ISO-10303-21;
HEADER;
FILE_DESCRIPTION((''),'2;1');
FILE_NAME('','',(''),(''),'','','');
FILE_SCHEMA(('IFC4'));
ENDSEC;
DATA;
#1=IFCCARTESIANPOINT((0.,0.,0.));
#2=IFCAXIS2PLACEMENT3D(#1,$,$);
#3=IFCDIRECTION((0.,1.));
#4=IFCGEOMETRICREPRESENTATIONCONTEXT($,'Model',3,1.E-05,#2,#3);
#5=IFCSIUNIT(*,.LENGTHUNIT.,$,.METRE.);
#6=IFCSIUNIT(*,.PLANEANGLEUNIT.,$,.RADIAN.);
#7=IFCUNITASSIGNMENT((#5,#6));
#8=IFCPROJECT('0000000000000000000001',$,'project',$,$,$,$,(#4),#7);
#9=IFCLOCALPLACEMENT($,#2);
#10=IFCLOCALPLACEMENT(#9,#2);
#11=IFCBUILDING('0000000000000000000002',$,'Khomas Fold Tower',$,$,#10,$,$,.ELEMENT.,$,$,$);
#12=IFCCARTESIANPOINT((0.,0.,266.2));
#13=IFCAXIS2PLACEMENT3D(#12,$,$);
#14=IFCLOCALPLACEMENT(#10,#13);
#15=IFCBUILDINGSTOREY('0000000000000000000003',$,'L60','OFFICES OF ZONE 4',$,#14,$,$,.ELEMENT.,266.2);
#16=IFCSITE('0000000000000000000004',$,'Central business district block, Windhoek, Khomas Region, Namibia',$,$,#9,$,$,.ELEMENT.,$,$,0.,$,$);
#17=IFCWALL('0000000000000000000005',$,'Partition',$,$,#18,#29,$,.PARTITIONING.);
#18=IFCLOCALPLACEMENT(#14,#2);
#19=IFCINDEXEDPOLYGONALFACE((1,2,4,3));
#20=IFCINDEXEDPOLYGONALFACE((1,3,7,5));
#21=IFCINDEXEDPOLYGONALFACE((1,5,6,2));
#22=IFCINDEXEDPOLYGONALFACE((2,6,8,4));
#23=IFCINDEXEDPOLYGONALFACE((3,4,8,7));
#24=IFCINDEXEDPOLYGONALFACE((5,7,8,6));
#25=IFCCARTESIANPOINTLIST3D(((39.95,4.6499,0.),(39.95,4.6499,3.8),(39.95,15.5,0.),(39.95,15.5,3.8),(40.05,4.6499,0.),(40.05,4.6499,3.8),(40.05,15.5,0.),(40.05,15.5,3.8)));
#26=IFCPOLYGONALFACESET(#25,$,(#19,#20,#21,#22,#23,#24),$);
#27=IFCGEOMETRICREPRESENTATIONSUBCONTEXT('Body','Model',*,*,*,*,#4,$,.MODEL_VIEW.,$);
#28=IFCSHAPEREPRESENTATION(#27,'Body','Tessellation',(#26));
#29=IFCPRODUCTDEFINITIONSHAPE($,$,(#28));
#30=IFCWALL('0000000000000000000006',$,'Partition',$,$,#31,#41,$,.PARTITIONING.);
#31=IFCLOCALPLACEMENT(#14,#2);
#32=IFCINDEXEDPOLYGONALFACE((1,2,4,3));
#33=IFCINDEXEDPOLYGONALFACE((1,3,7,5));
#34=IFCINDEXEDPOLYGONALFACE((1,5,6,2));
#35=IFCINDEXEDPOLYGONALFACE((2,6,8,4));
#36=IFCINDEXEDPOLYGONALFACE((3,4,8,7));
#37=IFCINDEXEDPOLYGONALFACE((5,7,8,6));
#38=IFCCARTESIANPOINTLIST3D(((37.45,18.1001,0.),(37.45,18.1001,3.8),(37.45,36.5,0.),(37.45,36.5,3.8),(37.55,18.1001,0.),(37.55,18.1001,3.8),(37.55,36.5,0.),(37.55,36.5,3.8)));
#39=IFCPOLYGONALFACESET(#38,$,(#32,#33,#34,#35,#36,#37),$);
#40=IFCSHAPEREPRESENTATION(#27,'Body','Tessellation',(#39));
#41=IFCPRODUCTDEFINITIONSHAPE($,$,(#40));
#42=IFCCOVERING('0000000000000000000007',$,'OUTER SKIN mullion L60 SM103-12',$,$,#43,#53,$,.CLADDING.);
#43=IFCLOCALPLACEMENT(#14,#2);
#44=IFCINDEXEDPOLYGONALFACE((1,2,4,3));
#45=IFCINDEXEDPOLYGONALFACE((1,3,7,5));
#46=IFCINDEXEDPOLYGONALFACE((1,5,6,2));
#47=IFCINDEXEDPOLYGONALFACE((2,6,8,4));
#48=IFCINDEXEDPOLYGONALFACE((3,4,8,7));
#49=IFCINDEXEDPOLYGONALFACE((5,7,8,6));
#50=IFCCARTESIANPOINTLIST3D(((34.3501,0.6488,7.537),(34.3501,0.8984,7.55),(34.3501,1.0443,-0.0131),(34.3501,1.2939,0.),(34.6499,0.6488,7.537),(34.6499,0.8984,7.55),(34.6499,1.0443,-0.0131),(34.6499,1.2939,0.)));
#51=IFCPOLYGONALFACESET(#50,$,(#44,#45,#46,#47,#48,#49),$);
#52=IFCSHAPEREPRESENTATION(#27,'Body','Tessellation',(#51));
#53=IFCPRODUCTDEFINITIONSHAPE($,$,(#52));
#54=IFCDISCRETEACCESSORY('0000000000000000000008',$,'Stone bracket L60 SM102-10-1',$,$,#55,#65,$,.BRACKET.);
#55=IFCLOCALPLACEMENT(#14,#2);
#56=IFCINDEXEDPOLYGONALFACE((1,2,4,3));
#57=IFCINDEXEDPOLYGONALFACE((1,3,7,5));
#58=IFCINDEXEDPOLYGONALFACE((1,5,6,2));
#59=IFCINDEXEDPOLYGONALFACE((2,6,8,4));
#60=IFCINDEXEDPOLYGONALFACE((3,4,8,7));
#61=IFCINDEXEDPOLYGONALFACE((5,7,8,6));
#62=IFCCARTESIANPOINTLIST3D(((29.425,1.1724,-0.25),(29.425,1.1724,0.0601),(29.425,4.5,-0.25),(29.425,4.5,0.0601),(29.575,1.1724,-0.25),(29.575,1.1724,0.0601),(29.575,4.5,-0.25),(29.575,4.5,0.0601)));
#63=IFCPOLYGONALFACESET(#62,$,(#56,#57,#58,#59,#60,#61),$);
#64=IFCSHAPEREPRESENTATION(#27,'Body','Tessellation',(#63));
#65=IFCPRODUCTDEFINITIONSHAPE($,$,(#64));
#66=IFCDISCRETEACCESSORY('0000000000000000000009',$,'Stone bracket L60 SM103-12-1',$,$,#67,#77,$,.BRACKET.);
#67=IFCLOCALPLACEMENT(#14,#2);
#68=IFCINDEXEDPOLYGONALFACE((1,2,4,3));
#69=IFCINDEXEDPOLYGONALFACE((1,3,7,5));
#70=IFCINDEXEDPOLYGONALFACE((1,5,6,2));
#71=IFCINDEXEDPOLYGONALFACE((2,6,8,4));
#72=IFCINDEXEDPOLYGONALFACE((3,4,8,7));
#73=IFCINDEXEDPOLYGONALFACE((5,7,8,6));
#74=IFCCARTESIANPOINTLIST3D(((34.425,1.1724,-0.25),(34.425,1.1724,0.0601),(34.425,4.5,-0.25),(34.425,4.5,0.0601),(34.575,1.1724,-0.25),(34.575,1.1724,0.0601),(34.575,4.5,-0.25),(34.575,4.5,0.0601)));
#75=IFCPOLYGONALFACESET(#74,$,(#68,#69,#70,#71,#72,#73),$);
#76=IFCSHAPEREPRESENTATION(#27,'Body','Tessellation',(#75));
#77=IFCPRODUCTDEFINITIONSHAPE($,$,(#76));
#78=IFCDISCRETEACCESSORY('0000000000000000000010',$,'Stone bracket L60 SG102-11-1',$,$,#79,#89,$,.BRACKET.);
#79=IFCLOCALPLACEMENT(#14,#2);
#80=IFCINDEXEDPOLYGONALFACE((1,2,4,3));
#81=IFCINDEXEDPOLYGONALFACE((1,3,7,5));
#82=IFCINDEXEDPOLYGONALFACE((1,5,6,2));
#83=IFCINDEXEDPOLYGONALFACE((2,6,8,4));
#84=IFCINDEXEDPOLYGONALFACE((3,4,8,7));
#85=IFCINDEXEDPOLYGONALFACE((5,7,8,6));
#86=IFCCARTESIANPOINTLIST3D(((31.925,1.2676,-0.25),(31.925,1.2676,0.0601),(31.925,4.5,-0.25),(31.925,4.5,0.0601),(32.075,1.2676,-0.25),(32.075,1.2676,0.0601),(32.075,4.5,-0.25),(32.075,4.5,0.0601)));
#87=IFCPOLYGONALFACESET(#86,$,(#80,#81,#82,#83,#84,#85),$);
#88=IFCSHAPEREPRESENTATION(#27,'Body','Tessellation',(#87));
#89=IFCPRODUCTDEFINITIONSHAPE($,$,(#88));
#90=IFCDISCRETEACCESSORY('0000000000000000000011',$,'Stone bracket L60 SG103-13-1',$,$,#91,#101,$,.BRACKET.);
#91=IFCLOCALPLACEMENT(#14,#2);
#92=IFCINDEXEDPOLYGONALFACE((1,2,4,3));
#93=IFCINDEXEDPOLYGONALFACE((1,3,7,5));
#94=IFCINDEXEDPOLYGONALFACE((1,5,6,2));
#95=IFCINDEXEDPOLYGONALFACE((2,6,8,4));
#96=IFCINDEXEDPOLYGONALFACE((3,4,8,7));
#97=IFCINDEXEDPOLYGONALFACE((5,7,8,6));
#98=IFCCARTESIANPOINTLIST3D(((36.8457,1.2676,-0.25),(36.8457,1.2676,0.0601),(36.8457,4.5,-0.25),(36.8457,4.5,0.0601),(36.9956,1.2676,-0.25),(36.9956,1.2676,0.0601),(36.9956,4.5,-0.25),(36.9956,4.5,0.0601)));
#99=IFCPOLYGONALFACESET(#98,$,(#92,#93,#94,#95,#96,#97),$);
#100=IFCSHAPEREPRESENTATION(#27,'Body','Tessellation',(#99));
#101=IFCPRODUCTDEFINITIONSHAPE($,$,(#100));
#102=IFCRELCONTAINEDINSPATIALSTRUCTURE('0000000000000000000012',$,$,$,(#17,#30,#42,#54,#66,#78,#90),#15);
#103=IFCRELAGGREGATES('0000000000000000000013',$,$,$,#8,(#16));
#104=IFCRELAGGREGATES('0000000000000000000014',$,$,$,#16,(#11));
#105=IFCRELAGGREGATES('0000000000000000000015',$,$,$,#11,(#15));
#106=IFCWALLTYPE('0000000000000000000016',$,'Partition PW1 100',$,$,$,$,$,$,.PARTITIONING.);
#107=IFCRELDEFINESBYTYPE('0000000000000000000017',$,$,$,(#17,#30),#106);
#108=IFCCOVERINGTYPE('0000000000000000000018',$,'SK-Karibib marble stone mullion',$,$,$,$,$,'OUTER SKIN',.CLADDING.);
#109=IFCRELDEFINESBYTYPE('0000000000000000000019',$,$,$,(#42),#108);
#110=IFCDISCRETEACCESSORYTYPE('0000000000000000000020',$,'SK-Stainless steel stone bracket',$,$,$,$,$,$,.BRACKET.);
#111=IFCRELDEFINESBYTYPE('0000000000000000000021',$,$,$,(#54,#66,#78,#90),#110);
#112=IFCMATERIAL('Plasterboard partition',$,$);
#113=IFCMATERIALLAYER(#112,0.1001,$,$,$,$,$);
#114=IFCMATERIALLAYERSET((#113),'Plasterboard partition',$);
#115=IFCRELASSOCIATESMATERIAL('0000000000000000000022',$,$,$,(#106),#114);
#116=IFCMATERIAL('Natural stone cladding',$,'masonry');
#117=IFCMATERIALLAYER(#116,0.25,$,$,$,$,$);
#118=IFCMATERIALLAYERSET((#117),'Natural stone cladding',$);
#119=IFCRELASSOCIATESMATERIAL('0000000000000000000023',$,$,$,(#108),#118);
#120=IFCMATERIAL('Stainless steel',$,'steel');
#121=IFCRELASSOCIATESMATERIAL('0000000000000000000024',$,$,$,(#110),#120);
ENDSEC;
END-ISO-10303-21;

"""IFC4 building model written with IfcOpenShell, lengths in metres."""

from ifc_helpers import new_model, si_unit, direction, frame, frame_2d, origin, origin_2d, place, context, subcontext, project, spatial, polyline, rectangle, outline, extrude, source, transform, mapped, material, layer, layer_set, type_object, element, save


model = new_model("IFC4")

# Units and contexts
model_context = context("Model", 3, precision=1e-05, world=origin(), true_north=direction((0.0, 1.0)))
body_context = subcontext(model_context, "Body", "Model", "MODEL_VIEW")
ifc_project = project(units=[si_unit("LENGTHUNIT", "METRE"), si_unit("PLANEANGLEUNIT", "RADIAN")], contexts=[model_context])

# Site, building, storey
site_placement = place(None, origin())
site = spatial("IfcSite", under=ifc_project, at=site_placement, Name="Central business district block, Windhoek, Khomas Region, Namibia", CompositionType="ELEMENT", RefElevation=0.0)
building_placement = place(site_placement, origin())
building = spatial("IfcBuilding", under=site, at=building_placement, Name="Khomas Fold Tower", CompositionType="ELEMENT")
storey_placement = place(building_placement, frame((0.0, 0.0, 266.2)))
storey = spatial("IfcBuildingStorey", under=building, at=storey_placement, Name="L60", Description="OFFICES OF ZONE 4", CompositionType="ELEMENT", Elevation=266.2)

# Walls
ifc_material_1 = material(Name="Plasterboard partition")
ifc_layer_1 = layer(ifc_material_1, 0.1001)
ifc_layer_set_1 = layer_set([ifc_layer_1], Name="Plasterboard partition")
wall_type = type_object("IfcWallType", Name="Partition PW1 100", PredefinedType="PARTITIONING", material=ifc_layer_set_1)
shared_shape_1 = source(origin(), body_context, "Body", "SweptSolid", [
    extrude(rectangle(XDim=10.8501, YDim=0.1001, at=frame_2d((5.425, 0.0))), origin(), (0.0, 0.0, 1.0), 3.8),
])
for number, where, z_axis, x_axis, name in (
    (1, (40.0, 4.6499, 0.0), (0.0, 0.0, 1.0), (0.0, 1.0, 0.0), "Partition"),
):
    element("IfcWall", number, at=place(storey_placement, frame(where, z_axis=z_axis, x_axis=x_axis)), inside=storey, type_object=wall_type, Name=name, PredefinedType="PARTITIONING", context=body_context, shape_type="MappedRepresentation", body=[
        mapped(shared_shape_1, transform((0.0, 0.0, 0.0))),
    ])
shared_shape_2 = source(origin(), body_context, "Body", "SweptSolid", [
    extrude(rectangle(XDim=18.3999, YDim=0.1001, at=frame_2d((9.2, 0.0))), origin(), (0.0, 0.0, 1.0), 3.8),
])
wall_placement = place(storey_placement, frame((37.5, 18.1001, 0.0), z_axis=(0.0, 0.0, 1.0), x_axis=(0.0, 1.0, 0.0)))
element("IfcWall", 2, at=wall_placement, inside=storey, type_object=wall_type, Name="Partition", PredefinedType="PARTITIONING", context=body_context, shape_type="MappedRepresentation", body=[
    mapped(shared_shape_2, transform((0.0, 0.0, 0.0))),
])

# Covering
ifc_material_2 = material(Name="Natural stone cladding", Category="masonry")
ifc_layer_2 = layer(ifc_material_2, 0.25)
ifc_layer_set_2 = layer_set([ifc_layer_2], Name="Natural stone cladding")
covering_type = type_object("IfcCoveringType", Name="SK-Karibib marble stone mullion", ElementType="OUTER SKIN", PredefinedType="CLADDING", material=ifc_layer_set_2)
covering_placement = place(storey_placement, frame((34.3501, 1.2939, 0.0), z_axis=(0.0, 0.998631, 0.052313), x_axis=(0.0, -0.052313, 0.998631)))
element("IfcCovering", 3, at=covering_placement, inside=storey, type_object=covering_type, Name="OUTER SKIN mullion L60 SM103-12", PredefinedType="CLADDING", context=body_context, shape_type="SweptSolid", body=[
    extrude(outline(polyline([(0.0, 0.0), (7.5604, 0.0), (7.5604, 0.2998), (0.0, 0.2998), (0.0, 0.0)])), origin(), (0.0, 0.0, -1.0), 0.25),
])

# Discrete accessories
ifc_material_3 = material(Name="Stainless steel", Category="steel")
discrete_accessory_type = type_object("IfcDiscreteAccessoryType", Name="SK-Stainless steel stone bracket", PredefinedType="BRACKET", material=ifc_material_3)
shared_shape_3 = source(origin(), body_context, "Body", "SweptSolid", [
    extrude(rectangle(XDim=3.3276, YDim=0.1499, at=origin_2d()), origin(), (0.0, 0.0, 1.0), 0.3101),
])
for number, where, z_axis, x_axis, name in (
    (4, (29.5, 2.8362, -0.25), (0.0, 0.0, 1.0), (0.0, -1.0, 0.0), "Stone bracket L60 SM102-10-1"),
    (5, (34.5, 2.8362, -0.25), (0.0, 0.0, 1.0), (0.0, -1.0, 0.0), "Stone bracket L60 SM103-12-1"),
):
    element("IfcDiscreteAccessory", number, at=place(storey_placement, frame(where, z_axis=z_axis, x_axis=x_axis)), inside=storey, type_object=discrete_accessory_type, Name=name, PredefinedType="BRACKET", context=body_context, shape_type="MappedRepresentation", body=[
        mapped(shared_shape_3, transform((0.0, 0.0, 0.0))),
    ])
shared_shape_4 = source(origin(), body_context, "Body", "SweptSolid", [
    extrude(rectangle(XDim=3.2324, YDim=0.1499, at=origin_2d()), origin(), (0.0, 0.0, 1.0), 0.3101),
])
for number, where, z_axis, x_axis, name in (
    (6, (32.0, 2.8838, -0.25), (0.0, 0.0, 1.0), (0.0, -1.0, 0.0), "Stone bracket L60 SG102-11-1"),
    (7, (36.9207, 2.8838, -0.25), (0.0, 0.0, 1.0), (0.0, -1.0, 0.0), "Stone bracket L60 SG103-13-1"),
):
    element("IfcDiscreteAccessory", number, at=place(storey_placement, frame(where, z_axis=z_axis, x_axis=x_axis)), inside=storey, type_object=discrete_accessory_type, Name=name, PredefinedType="BRACKET", context=body_context, shape_type="MappedRepresentation", body=[
        mapped(shared_shape_4, transform((0.0, 0.0, 0.0))),
    ])

save(model, "model.ifc")
